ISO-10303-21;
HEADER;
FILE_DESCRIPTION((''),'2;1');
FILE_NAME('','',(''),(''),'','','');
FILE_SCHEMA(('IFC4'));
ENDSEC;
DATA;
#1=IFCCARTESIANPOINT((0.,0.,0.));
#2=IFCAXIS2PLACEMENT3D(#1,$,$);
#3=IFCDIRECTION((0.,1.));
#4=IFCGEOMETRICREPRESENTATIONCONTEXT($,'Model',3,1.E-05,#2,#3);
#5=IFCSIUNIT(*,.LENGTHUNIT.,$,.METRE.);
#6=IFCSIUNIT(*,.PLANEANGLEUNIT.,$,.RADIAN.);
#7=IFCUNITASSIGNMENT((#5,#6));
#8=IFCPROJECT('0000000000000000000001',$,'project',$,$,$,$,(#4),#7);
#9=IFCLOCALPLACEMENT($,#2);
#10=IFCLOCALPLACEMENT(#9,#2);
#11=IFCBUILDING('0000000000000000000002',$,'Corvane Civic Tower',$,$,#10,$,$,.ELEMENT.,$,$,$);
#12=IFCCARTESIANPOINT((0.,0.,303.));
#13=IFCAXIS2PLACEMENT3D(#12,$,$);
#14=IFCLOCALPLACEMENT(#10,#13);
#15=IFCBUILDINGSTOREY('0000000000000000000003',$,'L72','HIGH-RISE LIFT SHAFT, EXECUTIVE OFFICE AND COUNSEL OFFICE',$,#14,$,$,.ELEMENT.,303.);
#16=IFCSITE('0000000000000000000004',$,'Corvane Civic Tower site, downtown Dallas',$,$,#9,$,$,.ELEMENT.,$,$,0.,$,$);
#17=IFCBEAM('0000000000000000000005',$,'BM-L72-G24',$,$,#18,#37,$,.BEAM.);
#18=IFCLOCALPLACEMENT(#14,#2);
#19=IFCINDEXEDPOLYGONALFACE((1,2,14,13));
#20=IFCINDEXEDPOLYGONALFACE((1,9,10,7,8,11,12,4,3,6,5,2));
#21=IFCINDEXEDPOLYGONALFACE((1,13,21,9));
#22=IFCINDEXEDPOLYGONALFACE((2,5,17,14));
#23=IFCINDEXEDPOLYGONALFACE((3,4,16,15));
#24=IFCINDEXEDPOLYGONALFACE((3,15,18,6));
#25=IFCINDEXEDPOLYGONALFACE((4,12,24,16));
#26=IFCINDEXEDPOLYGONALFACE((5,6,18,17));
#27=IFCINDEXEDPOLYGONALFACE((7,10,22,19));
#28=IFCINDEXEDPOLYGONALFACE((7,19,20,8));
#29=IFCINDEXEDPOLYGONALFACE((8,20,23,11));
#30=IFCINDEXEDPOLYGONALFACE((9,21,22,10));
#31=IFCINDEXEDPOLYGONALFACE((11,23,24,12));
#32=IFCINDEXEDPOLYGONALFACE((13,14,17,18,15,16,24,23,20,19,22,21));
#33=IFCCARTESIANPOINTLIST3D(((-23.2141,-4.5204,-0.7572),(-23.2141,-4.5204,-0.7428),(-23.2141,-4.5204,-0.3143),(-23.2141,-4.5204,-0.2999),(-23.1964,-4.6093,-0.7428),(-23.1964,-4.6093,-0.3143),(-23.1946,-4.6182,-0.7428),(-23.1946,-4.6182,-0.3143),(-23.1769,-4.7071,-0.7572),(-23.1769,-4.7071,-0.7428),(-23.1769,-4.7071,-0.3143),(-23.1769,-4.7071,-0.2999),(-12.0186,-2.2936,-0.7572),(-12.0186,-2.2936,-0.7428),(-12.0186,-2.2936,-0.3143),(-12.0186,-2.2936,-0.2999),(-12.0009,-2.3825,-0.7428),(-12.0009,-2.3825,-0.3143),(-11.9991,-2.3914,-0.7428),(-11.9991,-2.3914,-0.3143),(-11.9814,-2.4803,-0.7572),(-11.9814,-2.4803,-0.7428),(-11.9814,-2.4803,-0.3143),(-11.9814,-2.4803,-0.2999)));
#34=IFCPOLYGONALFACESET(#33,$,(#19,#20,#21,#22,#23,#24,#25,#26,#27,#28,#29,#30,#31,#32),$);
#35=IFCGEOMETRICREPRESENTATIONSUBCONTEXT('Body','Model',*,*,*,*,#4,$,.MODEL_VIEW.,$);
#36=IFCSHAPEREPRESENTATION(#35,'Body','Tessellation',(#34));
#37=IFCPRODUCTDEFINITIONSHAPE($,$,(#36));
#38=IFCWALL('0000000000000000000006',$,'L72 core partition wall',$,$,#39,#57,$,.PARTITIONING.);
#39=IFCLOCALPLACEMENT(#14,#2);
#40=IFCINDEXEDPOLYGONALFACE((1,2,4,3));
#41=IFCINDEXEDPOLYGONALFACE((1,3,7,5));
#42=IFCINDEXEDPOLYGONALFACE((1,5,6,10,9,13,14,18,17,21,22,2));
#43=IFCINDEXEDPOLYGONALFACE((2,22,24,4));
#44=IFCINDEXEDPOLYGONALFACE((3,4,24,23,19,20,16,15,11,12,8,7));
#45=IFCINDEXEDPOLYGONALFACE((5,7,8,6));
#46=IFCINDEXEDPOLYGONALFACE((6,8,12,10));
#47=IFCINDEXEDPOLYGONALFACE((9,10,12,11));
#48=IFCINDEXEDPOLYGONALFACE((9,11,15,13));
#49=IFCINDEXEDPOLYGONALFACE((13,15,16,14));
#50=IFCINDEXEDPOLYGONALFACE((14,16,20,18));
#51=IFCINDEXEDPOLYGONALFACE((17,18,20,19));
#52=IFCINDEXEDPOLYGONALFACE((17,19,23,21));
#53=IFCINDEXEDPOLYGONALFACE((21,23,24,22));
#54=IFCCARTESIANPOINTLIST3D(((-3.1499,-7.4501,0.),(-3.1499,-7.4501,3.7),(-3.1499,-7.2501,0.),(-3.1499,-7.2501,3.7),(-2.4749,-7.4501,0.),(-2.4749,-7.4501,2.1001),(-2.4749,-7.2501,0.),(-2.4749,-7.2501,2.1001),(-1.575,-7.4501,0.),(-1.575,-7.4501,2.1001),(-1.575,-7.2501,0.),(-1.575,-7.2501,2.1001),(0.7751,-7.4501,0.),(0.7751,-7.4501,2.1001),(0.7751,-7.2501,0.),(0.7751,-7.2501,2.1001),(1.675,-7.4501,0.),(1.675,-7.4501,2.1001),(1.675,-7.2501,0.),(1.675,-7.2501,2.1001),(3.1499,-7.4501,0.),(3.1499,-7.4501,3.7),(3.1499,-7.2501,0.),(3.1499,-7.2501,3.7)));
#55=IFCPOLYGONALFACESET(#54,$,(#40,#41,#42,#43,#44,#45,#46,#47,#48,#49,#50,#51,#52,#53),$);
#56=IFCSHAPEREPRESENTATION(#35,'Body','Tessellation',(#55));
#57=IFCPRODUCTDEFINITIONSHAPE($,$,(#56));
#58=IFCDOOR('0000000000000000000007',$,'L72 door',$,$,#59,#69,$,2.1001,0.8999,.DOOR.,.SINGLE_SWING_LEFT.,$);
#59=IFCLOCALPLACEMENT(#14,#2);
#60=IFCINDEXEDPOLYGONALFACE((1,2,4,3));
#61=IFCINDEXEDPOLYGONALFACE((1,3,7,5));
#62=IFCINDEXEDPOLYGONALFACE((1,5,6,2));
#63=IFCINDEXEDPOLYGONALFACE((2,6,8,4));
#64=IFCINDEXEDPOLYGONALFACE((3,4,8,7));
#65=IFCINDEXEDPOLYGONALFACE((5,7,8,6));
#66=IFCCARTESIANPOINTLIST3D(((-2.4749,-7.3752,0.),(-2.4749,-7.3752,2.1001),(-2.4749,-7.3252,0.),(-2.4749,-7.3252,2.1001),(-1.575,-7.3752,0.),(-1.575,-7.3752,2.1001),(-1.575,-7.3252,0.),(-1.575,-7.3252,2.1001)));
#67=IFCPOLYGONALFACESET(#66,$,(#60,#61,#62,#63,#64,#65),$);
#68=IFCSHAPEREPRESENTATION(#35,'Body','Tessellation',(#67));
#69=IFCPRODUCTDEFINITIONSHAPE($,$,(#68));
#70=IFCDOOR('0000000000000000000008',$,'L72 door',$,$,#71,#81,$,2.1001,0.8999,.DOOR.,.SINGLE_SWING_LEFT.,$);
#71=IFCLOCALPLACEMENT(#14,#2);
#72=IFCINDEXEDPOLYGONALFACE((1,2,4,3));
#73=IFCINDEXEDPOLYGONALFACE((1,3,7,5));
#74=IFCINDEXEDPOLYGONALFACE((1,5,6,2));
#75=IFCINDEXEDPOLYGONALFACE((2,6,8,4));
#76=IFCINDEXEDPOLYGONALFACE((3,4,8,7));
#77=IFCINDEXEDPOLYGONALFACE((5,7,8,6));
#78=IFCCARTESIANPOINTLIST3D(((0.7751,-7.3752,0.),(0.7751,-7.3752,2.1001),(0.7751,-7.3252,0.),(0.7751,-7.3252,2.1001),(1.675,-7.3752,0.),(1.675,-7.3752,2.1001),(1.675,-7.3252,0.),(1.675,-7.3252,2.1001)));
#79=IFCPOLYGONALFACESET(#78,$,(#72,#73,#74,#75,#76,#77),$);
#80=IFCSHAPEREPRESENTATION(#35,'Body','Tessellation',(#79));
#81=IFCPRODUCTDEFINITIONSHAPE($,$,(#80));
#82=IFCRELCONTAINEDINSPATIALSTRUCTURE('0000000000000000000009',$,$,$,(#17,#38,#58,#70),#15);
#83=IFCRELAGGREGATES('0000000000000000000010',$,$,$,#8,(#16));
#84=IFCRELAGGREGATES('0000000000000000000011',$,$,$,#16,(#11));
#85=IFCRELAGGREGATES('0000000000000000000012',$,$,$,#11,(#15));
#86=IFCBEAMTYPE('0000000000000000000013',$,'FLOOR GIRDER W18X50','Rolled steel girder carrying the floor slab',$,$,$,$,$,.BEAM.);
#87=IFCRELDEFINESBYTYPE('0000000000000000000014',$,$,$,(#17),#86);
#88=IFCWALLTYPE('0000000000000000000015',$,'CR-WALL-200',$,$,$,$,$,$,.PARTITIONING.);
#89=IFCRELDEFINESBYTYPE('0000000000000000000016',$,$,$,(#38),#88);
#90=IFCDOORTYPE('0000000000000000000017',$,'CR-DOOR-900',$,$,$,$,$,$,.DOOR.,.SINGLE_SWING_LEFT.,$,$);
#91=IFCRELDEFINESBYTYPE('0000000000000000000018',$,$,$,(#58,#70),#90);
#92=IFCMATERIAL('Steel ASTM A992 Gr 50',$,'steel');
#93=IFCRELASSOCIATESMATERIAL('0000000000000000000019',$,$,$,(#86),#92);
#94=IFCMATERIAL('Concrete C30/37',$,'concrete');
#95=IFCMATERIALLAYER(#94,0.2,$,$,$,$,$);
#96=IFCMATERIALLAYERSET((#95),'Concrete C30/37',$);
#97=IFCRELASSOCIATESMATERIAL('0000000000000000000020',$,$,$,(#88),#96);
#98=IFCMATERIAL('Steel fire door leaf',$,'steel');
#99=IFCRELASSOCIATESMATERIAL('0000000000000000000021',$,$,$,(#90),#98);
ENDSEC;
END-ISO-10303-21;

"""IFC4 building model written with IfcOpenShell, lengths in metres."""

from ifc_helpers import new_model, si_unit, direction, frame, frame_2d, origin, origin_2d, place, context, subcontext, project, spatial, rectangle, i_section, extrude, material, layer, layer_set, material_profile, profile_set, type_object, element, fill, save


model = new_model("IFC4")

# Units and contexts
model_context = context("Model", 3, precision=1e-05, world=origin(), true_north=direction((0.0, 1.0)))
body_context = subcontext(model_context, "Body", "Model", "MODEL_VIEW")
ifc_project = project(units=[si_unit("LENGTHUNIT", "METRE"), si_unit("PLANEANGLEUNIT", "RADIAN")], contexts=[model_context])

# Site, building, storey
site_placement = place(None, origin())
site = spatial("IfcSite", under=ifc_project, at=site_placement, Name="Corvane Civic Tower site, downtown Dallas", CompositionType="ELEMENT", RefElevation=0.0)
building_placement = place(site_placement, origin())
building = spatial("IfcBuilding", under=site, at=building_placement, Name="Corvane Civic Tower", CompositionType="ELEMENT")
storey_placement = place(building_placement, frame((0.0, 0.0, 303.0)))
storey = spatial("IfcBuildingStorey", under=building, at=storey_placement, Name="L72", Description="HIGH-RISE LIFT SHAFT, EXECUTIVE OFFICE AND COUNSEL OFFICE", CompositionType="ELEMENT", Elevation=303.0)

# Beam
ifc_material_1 = material(Name="Steel ASTM A992 Gr 50", Category="steel")
ifc_material_profile = material_profile(ifc_material_1, i_section(OverallWidth=0.1904, OverallDepth=0.4573, WebThickness=0.009, FlangeThickness=0.0144, at=origin_2d()), Name="W18X50")
ifc_profile_set = profile_set([ifc_material_profile], Name="Steel ASTM A992 Gr 50")
beam_type = type_object("IfcBeamType", Name="FLOOR GIRDER W18X50", Description="Rolled steel girder carrying the floor slab", PredefinedType="BEAM", material=ifc_profile_set)
beam_placement = place(storey_placement, frame((-12.0, -2.387, -0.5286), z_axis=(-0.980787, -0.19508, 0.0), x_axis=(0.19508, -0.980787, 0.0)))
element("IfcBeam", 1, at=beam_placement, inside=storey, type_object=beam_type, Name="BM-L72-G24", PredefinedType="BEAM", context=body_context, shape_type="SweptSolid", body=[
    extrude(i_section(OverallWidth=0.1904, OverallDepth=0.4573, WebThickness=0.009, FlangeThickness=0.0144, at=origin_2d()), origin(), (0.0, 0.0, 1.0), 11.4148),
])

# Wall, openings, doors
ifc_material_2 = material(Name="Concrete C30/37", Category="concrete")
ifc_layer_1 = layer(ifc_material_2, 0.2)
ifc_layer_set_1 = layer_set([ifc_layer_1], Name="Concrete C30/37")
wall_type_1 = type_object("IfcWallType", Name="CR-WALL-200", PredefinedType="PARTITIONING", material=ifc_layer_set_1)
wall_1_placement = place(storey_placement, frame((-3.1499, -7.3501, 0.0), z_axis=(0.0, 0.0, 1.0), x_axis=(1.0, 0.0, 0.0)))
wall_1 = element("IfcWall", 2, at=wall_1_placement, inside=storey, type_object=wall_type_1, Name="L72 core partition wall", PredefinedType="PARTITIONING", context=body_context, shape_type="SweptSolid", body=[
    extrude(rectangle(XDim=6.2998, YDim=0.2, at=frame_2d((3.1499, 0.0))), origin(), (0.0, 0.0, 1.0), 3.7),
])
opening_1_placement = place(wall_1_placement, frame((0.675, 0.0, 0.0)))
opening_1 = element("IfcOpeningElement", 3, at=opening_1_placement, cuts=wall_1, PredefinedType="OPENING", context=body_context, shape_type="SweptSolid", body=[
    extrude(rectangle(XDim=0.8999, YDim=2.1001, at=frame_2d((0.45, 1.05))), frame((0.0, 0.1099, 0.0), z_axis=(0.0, -1.0, 0.0), x_axis=(1.0, 0.0, 0.0)), (0.0, 0.0, 1.0), 0.22),
])
opening_2_placement = place(wall_1_placement, frame((3.925, 0.0, 0.0)))
opening_2 = element("IfcOpeningElement", 4, at=opening_2_placement, cuts=wall_1, PredefinedType="OPENING", context=body_context, shape_type="SweptSolid", body=[
    extrude(rectangle(XDim=0.8999, YDim=2.1001, at=frame_2d((0.45, 1.05))), frame((0.0, 0.1099, 0.0), z_axis=(0.0, -1.0, 0.0), x_axis=(1.0, 0.0, 0.0)), (0.0, 0.0, 1.0), 0.22),
])
ifc_material_3 = material(Name="Steel fire door leaf", Category="steel")
door_type_1 = type_object("IfcDoorType", Name="CR-DOOR-900", OperationType="SINGLE_SWING_LEFT", PredefinedType="DOOR", material=ifc_material_3)
door_1_placement = place(opening_1_placement, origin())
door_1 = element("IfcDoor", 5, at=door_1_placement, inside=storey, type_object=door_type_1, Name="L72 door", OperationType="SINGLE_SWING_LEFT", OverallHeight=2.1001, OverallWidth=0.8999, PredefinedType="DOOR", context=body_context, shape_type="SweptSolid", body=[
    extrude(rectangle(XDim=0.8999, YDim=2.1001, at=frame_2d((0.45, 1.05))), frame((0.0, 0.0249, 0.0), z_axis=(0.0, -1.0, 0.0), x_axis=(1.0, 0.0, 0.0)), (0.0, 0.0, 1.0), 0.05),
])
fill(opening_1, door_1)
door_2_placement = place(opening_2_placement, origin())
door_2 = element("IfcDoor", 6, at=door_2_placement, inside=storey, type_object=door_type_1, Name="L72 door", OperationType="SINGLE_SWING_LEFT", OverallHeight=2.1001, OverallWidth=0.8999, PredefinedType="DOOR", context=body_context, shape_type="SweptSolid", body=[
    extrude(rectangle(XDim=0.8999, YDim=2.1001, at=frame_2d((0.45, 1.05))), frame((0.0, 0.0249, 0.0), z_axis=(0.0, -1.0, 0.0), x_axis=(1.0, 0.0, 0.0)), (0.0, 0.0, 1.0), 0.05),
])
fill(opening_2, door_2)

save(model, "model.ifc")
